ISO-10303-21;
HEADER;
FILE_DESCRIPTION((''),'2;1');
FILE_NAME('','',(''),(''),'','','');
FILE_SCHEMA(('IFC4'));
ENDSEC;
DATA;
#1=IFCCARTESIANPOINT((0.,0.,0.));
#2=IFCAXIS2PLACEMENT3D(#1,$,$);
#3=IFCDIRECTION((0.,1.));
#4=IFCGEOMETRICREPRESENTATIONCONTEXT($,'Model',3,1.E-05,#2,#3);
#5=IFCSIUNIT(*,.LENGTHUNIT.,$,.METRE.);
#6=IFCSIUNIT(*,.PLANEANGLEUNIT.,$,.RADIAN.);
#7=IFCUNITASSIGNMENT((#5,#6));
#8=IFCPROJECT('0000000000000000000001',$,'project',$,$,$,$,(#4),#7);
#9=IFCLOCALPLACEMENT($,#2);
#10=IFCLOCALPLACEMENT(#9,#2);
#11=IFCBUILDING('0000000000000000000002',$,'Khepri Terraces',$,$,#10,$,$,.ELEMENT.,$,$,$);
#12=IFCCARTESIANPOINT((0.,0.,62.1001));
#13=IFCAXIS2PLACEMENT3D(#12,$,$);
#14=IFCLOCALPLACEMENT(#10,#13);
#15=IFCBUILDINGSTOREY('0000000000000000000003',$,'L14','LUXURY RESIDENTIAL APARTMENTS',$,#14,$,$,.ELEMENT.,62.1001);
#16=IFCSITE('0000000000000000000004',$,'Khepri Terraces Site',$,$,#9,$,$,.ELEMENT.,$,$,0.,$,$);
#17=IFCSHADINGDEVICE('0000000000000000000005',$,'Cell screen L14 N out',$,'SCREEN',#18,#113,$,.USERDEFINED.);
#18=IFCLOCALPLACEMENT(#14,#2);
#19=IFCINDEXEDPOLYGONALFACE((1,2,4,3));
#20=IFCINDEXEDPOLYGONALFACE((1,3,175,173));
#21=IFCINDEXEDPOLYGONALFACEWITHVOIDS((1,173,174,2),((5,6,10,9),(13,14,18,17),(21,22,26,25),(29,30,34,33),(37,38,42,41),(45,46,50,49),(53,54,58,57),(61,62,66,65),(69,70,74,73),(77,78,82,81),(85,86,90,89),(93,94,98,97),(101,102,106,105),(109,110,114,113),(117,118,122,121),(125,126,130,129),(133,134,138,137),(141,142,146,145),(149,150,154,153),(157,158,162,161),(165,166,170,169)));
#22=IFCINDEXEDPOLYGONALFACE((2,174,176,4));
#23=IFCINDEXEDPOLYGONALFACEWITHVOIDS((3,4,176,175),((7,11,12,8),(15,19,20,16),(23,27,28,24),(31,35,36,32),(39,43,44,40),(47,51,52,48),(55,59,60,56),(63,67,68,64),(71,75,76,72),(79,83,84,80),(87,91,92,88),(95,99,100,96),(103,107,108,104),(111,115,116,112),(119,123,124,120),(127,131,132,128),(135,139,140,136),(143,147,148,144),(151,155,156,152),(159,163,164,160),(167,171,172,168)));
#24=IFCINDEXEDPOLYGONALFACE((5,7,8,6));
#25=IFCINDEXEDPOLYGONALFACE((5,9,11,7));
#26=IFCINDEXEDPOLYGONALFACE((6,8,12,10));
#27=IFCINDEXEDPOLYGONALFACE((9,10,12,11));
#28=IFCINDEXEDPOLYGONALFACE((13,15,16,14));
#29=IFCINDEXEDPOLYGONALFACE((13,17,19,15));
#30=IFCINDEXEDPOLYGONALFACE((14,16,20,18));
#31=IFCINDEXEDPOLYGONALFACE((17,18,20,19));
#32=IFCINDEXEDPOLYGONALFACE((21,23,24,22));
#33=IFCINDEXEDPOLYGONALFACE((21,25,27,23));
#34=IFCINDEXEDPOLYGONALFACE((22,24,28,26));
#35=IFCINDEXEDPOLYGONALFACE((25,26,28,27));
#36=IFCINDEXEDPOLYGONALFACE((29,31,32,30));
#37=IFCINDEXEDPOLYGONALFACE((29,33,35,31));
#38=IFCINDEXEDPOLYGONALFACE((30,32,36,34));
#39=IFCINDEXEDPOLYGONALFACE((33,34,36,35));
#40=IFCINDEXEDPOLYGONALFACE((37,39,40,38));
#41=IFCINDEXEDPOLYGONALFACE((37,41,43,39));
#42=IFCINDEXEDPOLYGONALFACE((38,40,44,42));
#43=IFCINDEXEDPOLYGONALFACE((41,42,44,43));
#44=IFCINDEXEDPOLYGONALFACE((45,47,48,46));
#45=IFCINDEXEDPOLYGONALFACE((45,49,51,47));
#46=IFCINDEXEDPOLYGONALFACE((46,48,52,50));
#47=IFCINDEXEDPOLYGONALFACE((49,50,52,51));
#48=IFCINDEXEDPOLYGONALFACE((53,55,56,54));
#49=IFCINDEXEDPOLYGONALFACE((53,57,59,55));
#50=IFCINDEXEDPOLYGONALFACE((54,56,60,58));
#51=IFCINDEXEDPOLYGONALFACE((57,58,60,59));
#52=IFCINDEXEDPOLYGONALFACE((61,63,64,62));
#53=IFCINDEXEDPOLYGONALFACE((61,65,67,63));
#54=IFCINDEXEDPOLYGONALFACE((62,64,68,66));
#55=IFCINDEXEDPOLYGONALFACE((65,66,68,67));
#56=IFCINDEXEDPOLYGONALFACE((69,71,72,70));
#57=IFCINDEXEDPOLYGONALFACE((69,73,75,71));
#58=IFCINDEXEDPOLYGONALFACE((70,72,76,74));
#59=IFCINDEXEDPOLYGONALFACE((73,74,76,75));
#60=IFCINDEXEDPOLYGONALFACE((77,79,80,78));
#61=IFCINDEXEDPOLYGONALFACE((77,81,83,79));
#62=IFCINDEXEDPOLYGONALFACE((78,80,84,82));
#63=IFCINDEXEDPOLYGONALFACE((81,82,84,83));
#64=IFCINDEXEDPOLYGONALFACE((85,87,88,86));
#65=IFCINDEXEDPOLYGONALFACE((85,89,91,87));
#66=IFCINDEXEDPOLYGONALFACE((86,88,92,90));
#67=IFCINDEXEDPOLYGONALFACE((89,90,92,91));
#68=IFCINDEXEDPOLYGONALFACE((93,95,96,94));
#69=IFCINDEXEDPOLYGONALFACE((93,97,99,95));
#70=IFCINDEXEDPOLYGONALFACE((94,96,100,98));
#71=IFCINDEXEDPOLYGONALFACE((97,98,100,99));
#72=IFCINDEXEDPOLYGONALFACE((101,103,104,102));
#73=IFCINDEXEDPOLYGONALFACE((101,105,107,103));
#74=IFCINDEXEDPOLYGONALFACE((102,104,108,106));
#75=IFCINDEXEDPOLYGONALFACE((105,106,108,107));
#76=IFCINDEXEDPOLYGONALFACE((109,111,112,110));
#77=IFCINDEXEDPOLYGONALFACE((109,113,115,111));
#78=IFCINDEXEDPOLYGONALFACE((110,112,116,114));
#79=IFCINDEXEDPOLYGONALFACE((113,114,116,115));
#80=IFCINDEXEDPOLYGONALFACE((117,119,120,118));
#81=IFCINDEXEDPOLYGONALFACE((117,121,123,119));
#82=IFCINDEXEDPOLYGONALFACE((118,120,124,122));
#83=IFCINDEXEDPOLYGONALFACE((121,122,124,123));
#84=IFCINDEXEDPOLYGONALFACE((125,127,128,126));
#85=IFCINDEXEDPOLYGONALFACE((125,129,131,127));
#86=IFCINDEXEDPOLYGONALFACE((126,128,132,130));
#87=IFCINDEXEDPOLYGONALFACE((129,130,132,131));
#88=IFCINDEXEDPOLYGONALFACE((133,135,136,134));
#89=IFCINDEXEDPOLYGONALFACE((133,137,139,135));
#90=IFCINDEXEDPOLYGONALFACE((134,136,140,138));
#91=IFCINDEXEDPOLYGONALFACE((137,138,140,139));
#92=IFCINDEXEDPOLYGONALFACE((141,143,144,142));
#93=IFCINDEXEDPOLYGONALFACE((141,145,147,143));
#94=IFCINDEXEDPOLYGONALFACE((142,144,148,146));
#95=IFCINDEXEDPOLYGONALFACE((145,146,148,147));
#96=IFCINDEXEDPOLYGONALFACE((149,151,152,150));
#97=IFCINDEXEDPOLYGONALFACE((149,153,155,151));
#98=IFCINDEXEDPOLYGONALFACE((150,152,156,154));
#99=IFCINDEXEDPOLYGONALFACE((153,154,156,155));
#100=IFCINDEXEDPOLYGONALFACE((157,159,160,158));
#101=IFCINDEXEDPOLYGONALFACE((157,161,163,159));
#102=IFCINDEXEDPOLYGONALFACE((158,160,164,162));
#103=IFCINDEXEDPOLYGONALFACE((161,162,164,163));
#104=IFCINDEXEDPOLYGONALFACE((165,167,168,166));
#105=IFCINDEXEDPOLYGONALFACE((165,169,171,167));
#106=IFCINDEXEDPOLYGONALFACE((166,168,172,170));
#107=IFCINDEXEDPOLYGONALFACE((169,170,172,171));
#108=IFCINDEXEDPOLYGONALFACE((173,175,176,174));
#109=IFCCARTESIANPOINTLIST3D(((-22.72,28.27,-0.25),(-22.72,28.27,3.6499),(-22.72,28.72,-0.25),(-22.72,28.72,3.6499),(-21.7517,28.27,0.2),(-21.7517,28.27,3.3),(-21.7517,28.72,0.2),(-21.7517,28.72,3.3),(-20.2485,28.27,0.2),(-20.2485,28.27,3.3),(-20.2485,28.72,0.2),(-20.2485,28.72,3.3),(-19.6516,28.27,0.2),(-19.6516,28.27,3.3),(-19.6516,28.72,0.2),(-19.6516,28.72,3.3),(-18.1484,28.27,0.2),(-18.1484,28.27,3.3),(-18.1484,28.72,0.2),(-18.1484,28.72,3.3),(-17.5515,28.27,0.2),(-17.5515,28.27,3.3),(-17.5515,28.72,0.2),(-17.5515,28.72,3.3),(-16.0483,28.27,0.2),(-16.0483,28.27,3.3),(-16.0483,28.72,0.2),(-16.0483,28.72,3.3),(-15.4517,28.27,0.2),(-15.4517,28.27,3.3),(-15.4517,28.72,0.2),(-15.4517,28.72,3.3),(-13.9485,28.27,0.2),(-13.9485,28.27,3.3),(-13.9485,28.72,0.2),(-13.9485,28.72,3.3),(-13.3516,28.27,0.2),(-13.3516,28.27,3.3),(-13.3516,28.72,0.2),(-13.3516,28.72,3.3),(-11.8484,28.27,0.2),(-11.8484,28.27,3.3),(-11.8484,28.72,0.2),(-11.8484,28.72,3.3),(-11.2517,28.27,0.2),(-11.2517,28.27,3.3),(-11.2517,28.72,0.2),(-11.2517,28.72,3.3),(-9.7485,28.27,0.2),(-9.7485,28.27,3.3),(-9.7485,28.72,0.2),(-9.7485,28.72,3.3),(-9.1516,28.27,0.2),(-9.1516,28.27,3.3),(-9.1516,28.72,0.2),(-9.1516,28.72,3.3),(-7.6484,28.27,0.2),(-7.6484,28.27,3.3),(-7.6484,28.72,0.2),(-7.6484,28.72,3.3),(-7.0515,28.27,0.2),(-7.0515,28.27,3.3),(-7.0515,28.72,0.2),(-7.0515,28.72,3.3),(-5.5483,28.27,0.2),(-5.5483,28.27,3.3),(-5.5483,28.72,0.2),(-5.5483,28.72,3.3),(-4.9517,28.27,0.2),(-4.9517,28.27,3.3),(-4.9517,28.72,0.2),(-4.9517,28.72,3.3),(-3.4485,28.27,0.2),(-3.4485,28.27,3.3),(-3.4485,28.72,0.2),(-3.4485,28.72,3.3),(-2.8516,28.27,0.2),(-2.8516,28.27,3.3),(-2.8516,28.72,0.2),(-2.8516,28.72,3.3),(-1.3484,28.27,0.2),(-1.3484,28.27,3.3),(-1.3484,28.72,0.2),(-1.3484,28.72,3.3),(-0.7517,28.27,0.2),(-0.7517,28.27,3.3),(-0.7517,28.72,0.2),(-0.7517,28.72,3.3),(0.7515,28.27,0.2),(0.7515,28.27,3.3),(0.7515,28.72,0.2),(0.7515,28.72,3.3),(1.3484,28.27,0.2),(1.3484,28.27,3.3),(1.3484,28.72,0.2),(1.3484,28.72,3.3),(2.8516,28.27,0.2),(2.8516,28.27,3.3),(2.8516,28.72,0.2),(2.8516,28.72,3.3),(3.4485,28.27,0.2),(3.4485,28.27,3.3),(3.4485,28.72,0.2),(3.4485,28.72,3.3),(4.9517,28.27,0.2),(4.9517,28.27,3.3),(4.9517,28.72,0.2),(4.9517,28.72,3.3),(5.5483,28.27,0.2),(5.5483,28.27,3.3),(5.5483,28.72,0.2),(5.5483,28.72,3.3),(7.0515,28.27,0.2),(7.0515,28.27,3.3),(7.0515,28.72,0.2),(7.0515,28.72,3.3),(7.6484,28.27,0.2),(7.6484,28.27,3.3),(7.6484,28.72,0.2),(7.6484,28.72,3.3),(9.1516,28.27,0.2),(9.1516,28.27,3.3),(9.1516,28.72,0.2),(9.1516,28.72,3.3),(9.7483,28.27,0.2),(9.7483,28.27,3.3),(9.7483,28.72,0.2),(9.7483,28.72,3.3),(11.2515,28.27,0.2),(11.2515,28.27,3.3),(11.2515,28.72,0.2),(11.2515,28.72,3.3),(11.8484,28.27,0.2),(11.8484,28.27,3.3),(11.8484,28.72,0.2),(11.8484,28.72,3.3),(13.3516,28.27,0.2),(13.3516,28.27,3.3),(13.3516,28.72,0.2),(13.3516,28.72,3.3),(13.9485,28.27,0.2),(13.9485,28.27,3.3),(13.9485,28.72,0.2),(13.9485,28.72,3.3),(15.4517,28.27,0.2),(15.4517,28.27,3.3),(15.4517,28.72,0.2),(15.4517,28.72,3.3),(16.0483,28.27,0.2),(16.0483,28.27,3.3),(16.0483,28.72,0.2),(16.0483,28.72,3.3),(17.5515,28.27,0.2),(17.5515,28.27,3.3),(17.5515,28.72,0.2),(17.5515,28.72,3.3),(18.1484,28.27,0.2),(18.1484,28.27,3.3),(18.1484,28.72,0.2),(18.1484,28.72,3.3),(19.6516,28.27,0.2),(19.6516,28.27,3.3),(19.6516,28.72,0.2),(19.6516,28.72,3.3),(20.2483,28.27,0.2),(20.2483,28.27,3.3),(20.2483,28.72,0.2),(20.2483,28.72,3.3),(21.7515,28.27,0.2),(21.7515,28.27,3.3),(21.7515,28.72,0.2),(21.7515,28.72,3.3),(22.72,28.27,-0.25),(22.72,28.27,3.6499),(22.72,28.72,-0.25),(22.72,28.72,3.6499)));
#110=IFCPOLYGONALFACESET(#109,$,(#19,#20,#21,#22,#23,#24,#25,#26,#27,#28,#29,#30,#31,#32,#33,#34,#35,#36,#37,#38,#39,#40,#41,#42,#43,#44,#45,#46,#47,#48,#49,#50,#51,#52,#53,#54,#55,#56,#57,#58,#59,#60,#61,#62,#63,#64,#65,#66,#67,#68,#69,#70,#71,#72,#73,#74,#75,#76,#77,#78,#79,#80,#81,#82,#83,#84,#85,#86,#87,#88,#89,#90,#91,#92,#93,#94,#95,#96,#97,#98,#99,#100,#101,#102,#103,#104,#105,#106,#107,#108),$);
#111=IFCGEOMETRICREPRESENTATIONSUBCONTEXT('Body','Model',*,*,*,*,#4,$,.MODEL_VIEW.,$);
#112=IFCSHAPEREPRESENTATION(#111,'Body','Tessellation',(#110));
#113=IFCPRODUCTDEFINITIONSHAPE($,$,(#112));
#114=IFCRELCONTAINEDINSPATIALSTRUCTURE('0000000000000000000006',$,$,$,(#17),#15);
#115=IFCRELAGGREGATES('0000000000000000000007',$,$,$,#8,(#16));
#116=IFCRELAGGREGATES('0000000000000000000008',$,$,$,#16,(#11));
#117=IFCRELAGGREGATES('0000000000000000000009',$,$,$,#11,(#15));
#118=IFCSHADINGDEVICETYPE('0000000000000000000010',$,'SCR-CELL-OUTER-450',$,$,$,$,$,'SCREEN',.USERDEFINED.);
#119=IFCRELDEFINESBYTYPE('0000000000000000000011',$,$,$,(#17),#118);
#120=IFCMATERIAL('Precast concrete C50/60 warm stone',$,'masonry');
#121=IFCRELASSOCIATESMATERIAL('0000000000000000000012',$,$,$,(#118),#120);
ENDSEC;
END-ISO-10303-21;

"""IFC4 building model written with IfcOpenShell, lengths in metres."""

from ifc_helpers import new_model, si_unit, direction, frame, origin, place, context, subcontext, project, spatial, polyline, outline, extrude, material, type_object, element, save


model = new_model("IFC4")

# Units and contexts
model_context = context("Model", 3, precision=1e-05, world=origin(), true_north=direction((0.0, 1.0)))
body_context = subcontext(model_context, "Body", "Model", "MODEL_VIEW")
ifc_project = project(units=[si_unit("LENGTHUNIT", "METRE"), si_unit("PLANEANGLEUNIT", "RADIAN")], contexts=[model_context])

# Site, building, storey
site_placement = place(None, origin())
site = spatial("IfcSite", under=ifc_project, at=site_placement, Name="Khepri Terraces Site", CompositionType="ELEMENT", RefElevation=0.0)
building_placement = place(site_placement, origin())
building = spatial("IfcBuilding", under=site, at=building_placement, Name="Khepri Terraces", CompositionType="ELEMENT")
storey_placement = place(building_placement, frame((0.0, 0.0, 62.1001)))
storey = spatial("IfcBuildingStorey", under=building, at=storey_placement, Name="L14", Description="LUXURY RESIDENTIAL APARTMENTS", CompositionType="ELEMENT", Elevation=62.1001)

# Shared definitions
ifc_material_1 = material(Name="Precast concrete C50/60 warm stone", Category="masonry")

# Shading device
shading_device_type_1 = type_object("IfcShadingDeviceType", Name="SCR-CELL-OUTER-450", ElementType="SCREEN", PredefinedType="USERDEFINED", material=ifc_material_1)
shading_device_1_placement = place(storey_placement, frame((22.72, 28.27, -0.25), z_axis=(0.0, 1.0, 0.0), x_axis=(-1.0, 0.0, 0.0)))
element("IfcShadingDevice", 1, at=shading_device_1_placement, inside=storey, type_object=shading_device_type_1, Name="Cell screen L14 N out", ObjectType="SCREEN", PredefinedType="USERDEFINED", context=body_context, shape_type="SweptSolid", body=[
    extrude(outline(polyline([(0.0, 0.0), (45.4399, 0.0), (45.4399, 3.8999), (0.0, 3.8999), (0.0, 0.0)]), holes=[polyline([(0.9685, 0.45), (2.4717, 0.45), (2.4717, 3.55), (0.9685, 3.55), (0.9685, 0.45)]), polyline([(3.0684, 0.45), (4.5715, 0.45), (4.5715, 3.55), (3.0684, 3.55), (3.0684, 0.45)]), polyline([(5.1685, 0.45), (6.6716, 0.45), (6.6716, 3.55), (5.1685, 3.55), (5.1685, 0.45)]), polyline([(7.2683, 0.45), (8.7715, 0.45), (8.7715, 3.55), (7.2683, 3.55), (7.2683, 0.45)]), polyline([(9.3684, 0.45), (10.8716, 0.45), (10.8716, 3.55), (9.3684, 3.55), (9.3684, 0.45)]), polyline([(11.4685, 0.45), (12.9717, 0.45), (12.9717, 3.55), (11.4685, 3.55), (11.4685, 0.45)]), polyline([(13.5684, 0.45), (15.0715, 0.45), (15.0715, 3.55), (13.5684, 3.55), (13.5684, 0.45)]), polyline([(15.6685, 0.45), (17.1716, 0.45), (17.1716, 3.55), (15.6685, 3.55), (15.6685, 0.45)]), polyline([(17.7683, 0.45), (19.2715, 0.45), (19.2715, 3.55), (17.7683, 3.55), (17.7683, 0.45)]), polyline([(19.8684, 0.45), (21.3716, 0.45), (21.3716, 3.55), (19.8684, 3.55), (19.8684, 0.45)]), polyline([(21.9685, 0.45), (23.4717, 0.45), (23.4717, 3.55), (21.9685, 3.55), (21.9685, 0.45)]), polyline([(24.0684, 0.45), (25.5715, 0.45), (25.5715, 3.55), (24.0684, 3.55), (24.0684, 0.45)]), polyline([(26.1685, 0.45), (27.6716, 0.45), (27.6716, 3.55), (26.1685, 3.55), (26.1685, 0.45)]), polyline([(28.2683, 0.45), (29.7715, 0.45), (29.7715, 3.55), (28.2683, 3.55), (28.2683, 0.45)]), polyline([(30.3684, 0.45), (31.8716, 0.45), (31.8716, 3.55), (30.3684, 3.55), (30.3684, 0.45)]), polyline([(32.4685, 0.45), (33.9717, 0.45), (33.9717, 3.55), (32.4685, 3.55), (32.4685, 0.45)]), polyline([(34.5684, 0.45), (36.0715, 0.45), (36.0715, 3.55), (34.5684, 3.55), (34.5684, 0.45)]), polyline([(36.6685, 0.45), (38.1716, 0.45), (38.1716, 3.55), (36.6685, 3.55), (36.6685, 0.45)]), polyline([(38.7683, 0.45), (40.2715, 0.45), (40.2715, 3.55), (38.7683, 3.55), (38.7683, 0.45)]), polyline([(40.8684, 0.45), (42.3716, 0.45), (42.3716, 3.55), (40.8684, 3.55), (40.8684, 0.45)]), polyline([(42.9685, 0.45), (44.4717, 0.45), (44.4717, 3.55), (42.9685, 3.55), (42.9685, 0.45)])]), origin(), (0.0, 0.0, 1.0), 0.45),
])

save(model, "model.ifc")
